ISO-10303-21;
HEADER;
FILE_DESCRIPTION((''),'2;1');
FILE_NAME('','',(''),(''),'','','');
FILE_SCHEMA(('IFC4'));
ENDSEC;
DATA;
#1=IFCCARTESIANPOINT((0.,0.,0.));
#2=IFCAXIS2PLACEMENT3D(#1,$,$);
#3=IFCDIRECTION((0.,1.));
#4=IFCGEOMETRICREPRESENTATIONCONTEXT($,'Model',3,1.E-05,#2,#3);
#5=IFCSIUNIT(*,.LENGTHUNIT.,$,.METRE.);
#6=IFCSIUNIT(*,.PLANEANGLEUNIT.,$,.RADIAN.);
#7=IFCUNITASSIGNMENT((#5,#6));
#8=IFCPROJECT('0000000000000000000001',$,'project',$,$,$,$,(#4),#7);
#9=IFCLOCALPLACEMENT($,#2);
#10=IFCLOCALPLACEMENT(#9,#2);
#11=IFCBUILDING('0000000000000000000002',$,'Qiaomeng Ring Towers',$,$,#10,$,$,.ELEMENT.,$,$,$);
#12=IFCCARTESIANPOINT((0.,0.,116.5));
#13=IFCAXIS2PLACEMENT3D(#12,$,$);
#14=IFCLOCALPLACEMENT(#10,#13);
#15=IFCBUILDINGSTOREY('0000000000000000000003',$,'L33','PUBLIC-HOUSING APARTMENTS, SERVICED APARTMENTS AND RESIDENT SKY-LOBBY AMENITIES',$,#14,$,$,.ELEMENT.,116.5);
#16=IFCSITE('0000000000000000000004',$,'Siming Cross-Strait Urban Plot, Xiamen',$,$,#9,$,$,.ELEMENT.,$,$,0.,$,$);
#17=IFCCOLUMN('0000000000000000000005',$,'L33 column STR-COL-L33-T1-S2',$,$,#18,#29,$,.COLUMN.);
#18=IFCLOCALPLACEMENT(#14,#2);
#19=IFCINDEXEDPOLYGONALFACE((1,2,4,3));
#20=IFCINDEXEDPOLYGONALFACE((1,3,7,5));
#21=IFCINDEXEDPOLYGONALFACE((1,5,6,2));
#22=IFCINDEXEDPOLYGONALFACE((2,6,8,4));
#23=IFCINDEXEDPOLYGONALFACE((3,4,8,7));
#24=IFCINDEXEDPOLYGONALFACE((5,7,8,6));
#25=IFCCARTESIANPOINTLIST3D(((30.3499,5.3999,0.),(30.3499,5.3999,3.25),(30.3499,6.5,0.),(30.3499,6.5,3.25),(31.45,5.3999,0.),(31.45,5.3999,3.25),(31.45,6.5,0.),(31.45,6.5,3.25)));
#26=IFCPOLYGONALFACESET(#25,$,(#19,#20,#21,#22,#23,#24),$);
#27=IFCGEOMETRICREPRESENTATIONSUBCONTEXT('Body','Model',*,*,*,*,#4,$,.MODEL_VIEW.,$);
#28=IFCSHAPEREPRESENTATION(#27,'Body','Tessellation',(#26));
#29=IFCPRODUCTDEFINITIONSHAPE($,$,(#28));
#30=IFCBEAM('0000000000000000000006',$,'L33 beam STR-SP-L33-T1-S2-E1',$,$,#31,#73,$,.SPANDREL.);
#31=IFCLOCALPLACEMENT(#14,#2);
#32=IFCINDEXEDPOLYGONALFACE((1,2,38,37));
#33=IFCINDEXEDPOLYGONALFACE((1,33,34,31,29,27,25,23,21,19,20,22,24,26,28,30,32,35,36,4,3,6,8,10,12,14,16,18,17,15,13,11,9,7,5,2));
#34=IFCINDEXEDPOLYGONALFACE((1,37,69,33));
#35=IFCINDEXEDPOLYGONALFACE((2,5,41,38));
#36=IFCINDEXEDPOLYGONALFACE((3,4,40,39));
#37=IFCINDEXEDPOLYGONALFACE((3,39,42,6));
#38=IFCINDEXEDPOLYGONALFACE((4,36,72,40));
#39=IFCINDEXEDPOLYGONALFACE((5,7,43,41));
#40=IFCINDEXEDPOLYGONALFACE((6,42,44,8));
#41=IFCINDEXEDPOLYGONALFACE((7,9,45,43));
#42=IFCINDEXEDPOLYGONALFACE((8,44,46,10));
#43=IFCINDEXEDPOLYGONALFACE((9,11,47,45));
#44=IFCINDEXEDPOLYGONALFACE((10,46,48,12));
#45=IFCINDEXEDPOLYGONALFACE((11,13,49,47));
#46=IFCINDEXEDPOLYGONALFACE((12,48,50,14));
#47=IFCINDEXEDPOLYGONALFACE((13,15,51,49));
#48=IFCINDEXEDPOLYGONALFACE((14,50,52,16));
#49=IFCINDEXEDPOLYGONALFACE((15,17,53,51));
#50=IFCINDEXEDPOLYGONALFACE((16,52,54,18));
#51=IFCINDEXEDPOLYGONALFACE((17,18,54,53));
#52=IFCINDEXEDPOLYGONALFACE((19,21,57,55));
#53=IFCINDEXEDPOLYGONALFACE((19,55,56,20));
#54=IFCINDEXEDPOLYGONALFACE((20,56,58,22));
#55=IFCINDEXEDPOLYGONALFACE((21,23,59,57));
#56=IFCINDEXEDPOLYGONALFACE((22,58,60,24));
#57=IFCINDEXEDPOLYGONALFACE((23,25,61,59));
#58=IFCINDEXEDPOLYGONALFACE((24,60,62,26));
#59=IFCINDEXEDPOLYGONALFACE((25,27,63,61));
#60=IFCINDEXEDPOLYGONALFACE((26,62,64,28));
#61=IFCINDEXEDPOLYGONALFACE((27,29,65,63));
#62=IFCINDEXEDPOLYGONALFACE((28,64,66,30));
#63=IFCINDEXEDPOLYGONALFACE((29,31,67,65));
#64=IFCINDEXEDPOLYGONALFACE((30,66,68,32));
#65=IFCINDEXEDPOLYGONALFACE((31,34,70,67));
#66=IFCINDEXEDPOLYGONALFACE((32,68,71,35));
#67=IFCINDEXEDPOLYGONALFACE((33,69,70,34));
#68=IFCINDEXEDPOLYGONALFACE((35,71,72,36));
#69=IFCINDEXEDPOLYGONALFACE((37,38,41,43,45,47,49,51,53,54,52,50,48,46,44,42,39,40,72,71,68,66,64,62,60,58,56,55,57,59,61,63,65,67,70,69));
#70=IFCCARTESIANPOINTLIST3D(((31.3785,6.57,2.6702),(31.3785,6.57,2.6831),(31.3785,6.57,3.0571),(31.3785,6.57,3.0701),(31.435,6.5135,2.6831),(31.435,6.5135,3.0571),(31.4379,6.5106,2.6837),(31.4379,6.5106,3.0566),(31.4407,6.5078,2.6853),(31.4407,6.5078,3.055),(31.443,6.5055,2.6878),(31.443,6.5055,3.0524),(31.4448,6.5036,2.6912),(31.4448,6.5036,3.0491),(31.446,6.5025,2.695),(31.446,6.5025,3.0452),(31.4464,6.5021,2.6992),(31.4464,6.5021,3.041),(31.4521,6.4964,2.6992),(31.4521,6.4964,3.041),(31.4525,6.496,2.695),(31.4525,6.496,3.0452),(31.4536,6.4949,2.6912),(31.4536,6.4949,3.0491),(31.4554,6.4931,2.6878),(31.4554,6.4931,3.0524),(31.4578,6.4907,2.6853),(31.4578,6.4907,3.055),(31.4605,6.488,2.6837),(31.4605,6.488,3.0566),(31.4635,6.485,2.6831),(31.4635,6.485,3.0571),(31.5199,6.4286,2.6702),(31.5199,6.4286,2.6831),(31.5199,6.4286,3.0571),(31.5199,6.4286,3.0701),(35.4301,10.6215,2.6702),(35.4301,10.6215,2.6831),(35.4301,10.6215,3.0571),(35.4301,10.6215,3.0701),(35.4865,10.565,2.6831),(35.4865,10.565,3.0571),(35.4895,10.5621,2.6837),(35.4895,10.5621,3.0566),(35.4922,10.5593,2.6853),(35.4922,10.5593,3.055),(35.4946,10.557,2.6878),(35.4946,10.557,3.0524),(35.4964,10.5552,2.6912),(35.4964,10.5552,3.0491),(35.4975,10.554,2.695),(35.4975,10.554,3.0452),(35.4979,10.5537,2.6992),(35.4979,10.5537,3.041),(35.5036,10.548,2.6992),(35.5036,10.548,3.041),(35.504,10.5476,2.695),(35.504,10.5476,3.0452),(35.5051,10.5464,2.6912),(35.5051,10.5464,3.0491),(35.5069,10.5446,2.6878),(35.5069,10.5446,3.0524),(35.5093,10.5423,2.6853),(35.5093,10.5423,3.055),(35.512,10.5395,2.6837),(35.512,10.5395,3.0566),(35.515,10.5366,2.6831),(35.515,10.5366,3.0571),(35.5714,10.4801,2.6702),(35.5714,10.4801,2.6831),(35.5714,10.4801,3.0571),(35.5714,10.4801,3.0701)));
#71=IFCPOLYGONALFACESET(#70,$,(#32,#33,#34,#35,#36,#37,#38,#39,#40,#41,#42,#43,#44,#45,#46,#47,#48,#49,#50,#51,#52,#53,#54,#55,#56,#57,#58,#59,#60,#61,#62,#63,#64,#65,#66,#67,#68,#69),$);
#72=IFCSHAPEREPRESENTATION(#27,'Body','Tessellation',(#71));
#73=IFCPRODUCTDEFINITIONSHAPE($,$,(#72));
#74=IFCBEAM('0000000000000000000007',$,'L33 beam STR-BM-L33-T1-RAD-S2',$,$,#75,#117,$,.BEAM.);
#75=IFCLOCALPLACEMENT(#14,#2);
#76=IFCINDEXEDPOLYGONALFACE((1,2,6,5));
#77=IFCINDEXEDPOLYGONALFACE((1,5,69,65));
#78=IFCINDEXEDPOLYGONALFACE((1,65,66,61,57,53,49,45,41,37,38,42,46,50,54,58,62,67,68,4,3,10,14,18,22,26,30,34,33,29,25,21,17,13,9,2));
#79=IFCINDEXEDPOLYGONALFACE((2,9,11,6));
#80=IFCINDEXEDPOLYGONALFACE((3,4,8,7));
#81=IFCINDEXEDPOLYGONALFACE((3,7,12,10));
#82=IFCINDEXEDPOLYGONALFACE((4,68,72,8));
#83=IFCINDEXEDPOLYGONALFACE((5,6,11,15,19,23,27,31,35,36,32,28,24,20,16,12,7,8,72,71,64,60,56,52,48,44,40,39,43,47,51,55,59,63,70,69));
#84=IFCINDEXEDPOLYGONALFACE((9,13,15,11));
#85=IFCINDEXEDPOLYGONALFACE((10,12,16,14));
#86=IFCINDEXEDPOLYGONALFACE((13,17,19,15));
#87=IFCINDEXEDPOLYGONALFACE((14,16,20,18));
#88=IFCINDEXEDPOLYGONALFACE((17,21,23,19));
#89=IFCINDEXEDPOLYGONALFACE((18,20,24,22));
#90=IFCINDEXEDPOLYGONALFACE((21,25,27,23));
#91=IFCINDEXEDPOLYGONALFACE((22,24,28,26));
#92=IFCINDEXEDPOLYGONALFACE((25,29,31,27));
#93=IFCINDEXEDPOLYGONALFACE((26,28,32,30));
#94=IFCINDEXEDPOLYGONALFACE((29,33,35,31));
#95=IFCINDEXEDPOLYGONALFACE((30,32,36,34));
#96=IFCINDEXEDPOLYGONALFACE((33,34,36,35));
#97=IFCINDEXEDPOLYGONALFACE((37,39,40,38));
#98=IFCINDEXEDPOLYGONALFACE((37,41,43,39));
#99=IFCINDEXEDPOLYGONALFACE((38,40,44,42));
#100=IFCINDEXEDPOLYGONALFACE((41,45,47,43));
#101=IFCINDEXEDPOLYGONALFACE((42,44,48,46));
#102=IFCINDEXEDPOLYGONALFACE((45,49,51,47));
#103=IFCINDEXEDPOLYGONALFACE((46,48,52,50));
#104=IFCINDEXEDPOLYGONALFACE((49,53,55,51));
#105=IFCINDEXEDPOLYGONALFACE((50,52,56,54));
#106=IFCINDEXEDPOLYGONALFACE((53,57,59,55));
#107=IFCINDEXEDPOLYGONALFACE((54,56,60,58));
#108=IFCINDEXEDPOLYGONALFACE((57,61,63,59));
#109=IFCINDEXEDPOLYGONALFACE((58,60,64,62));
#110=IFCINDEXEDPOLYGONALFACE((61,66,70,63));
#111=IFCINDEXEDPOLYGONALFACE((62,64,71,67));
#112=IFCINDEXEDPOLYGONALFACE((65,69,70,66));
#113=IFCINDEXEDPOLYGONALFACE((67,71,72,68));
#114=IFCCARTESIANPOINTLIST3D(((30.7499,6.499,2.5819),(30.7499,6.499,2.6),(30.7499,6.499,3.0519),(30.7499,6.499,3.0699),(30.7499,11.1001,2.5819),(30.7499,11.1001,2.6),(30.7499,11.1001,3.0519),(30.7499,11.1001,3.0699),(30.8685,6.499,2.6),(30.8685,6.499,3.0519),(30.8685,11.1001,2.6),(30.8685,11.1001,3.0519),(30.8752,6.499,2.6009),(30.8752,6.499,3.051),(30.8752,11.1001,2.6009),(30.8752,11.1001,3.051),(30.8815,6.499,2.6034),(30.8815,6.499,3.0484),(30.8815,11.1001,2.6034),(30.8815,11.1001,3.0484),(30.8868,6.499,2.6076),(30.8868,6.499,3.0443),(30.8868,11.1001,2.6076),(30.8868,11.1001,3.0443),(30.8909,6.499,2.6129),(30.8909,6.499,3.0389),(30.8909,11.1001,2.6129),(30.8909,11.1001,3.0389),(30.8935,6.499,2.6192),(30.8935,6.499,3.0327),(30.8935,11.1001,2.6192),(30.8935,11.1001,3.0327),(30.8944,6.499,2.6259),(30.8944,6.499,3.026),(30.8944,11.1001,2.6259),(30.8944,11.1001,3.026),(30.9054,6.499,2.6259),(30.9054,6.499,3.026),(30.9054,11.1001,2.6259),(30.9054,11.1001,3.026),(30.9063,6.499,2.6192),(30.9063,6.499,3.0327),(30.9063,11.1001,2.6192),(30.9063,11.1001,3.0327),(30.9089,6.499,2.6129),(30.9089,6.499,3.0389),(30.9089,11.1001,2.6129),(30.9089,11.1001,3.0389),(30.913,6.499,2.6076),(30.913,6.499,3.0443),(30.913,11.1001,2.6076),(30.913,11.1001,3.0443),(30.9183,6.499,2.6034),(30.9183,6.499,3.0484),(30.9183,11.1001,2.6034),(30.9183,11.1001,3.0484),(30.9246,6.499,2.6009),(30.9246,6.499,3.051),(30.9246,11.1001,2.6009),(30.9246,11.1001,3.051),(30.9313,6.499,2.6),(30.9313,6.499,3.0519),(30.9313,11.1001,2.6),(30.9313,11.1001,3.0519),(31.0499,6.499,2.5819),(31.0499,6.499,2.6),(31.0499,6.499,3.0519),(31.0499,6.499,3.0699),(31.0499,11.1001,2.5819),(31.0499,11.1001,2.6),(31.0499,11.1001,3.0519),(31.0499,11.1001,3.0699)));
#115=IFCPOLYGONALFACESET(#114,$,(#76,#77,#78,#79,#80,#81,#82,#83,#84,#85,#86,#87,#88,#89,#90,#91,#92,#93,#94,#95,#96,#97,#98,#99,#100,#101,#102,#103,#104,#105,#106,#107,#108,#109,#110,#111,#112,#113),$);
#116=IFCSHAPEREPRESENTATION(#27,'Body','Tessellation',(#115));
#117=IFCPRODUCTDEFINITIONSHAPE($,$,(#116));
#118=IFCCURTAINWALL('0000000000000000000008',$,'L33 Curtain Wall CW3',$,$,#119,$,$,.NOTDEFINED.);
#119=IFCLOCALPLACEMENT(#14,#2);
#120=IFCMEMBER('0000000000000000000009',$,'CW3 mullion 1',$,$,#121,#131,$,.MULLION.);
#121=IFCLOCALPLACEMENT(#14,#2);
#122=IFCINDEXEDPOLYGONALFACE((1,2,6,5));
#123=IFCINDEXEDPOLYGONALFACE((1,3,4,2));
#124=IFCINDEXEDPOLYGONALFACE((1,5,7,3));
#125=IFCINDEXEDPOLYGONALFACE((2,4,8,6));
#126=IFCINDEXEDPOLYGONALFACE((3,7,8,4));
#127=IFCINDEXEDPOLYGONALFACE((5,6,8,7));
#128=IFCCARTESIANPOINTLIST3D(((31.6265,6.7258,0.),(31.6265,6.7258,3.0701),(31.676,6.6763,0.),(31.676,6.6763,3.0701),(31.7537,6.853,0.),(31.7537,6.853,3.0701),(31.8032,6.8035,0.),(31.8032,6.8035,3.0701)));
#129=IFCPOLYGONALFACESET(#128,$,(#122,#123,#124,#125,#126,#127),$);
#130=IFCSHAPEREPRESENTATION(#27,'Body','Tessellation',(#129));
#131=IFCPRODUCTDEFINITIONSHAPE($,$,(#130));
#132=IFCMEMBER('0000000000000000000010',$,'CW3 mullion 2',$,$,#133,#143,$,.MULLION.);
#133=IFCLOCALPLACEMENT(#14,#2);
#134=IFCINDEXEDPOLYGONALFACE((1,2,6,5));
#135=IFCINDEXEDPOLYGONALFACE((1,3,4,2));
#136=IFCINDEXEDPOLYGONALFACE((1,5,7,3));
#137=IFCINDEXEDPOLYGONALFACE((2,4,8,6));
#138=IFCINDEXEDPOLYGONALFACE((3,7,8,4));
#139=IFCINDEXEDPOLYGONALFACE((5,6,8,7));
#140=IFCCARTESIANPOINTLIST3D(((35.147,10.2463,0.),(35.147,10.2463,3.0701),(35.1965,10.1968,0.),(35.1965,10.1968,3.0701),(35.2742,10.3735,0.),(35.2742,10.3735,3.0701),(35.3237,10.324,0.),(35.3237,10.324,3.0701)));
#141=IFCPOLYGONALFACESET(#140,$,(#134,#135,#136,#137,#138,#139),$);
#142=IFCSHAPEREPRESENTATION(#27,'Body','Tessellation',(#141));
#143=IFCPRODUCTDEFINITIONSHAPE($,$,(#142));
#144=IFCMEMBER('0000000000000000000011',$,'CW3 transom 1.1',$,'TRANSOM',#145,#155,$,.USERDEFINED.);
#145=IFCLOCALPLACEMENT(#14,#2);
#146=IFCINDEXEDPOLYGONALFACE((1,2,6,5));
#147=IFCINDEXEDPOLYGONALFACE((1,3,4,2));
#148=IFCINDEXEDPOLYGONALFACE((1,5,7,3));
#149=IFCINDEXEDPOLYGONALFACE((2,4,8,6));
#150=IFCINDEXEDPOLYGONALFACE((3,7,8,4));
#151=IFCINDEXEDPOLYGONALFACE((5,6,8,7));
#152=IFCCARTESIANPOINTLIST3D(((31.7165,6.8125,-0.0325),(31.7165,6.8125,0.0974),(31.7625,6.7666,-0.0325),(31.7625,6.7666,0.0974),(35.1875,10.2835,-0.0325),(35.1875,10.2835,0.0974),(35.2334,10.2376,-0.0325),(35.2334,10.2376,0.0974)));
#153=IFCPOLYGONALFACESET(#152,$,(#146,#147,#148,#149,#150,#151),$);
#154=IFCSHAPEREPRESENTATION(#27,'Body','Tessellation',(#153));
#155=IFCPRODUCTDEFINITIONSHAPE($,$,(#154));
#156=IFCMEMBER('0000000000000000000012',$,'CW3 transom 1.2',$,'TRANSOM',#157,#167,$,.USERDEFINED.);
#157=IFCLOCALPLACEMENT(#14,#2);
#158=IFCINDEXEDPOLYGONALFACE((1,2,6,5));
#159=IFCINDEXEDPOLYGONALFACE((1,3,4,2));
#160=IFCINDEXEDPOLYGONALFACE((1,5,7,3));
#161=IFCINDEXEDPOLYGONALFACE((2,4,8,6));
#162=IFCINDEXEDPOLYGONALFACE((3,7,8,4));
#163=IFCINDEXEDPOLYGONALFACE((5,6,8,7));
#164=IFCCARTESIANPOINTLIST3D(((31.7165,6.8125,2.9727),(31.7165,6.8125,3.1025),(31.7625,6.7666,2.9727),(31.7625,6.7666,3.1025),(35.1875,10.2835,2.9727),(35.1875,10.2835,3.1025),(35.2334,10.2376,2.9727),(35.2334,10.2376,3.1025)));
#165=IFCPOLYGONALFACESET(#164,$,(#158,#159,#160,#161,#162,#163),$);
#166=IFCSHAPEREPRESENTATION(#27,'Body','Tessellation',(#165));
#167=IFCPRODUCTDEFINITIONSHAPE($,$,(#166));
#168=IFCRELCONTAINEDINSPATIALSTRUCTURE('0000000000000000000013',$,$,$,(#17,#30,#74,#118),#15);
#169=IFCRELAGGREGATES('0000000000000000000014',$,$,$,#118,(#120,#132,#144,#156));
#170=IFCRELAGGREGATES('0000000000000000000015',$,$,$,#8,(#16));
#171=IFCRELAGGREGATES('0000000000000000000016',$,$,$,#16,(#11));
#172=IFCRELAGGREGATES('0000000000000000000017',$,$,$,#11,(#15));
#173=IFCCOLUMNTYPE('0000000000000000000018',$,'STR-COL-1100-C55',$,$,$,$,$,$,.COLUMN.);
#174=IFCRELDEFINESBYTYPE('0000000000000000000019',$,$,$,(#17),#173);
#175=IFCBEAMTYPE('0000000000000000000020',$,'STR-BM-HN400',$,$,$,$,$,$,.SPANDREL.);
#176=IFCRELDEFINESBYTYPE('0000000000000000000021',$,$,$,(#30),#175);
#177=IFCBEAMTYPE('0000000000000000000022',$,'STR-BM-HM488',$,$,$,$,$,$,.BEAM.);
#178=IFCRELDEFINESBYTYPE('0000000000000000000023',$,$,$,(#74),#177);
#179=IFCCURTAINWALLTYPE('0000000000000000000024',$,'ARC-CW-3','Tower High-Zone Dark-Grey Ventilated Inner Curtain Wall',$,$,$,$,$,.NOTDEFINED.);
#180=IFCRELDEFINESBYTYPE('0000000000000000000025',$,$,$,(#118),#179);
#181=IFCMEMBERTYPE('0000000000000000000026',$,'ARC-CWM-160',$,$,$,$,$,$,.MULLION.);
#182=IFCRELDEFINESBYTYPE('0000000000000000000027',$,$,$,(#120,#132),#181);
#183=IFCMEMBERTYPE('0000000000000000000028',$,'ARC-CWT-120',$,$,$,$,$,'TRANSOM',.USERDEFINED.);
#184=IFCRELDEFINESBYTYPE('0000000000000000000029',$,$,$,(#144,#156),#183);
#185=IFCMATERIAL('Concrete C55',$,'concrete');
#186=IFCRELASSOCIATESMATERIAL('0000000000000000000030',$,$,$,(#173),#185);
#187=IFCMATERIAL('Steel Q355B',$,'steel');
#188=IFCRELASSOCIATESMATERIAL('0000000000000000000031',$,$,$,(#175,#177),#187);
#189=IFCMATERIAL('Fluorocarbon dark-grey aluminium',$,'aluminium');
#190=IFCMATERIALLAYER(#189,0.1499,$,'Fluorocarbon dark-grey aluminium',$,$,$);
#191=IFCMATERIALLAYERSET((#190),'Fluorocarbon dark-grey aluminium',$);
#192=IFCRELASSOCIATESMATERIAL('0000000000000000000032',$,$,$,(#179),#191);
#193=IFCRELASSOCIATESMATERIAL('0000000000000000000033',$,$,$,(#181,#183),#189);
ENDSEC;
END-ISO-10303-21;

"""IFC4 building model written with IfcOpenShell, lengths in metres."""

from ifc_helpers import new_model, si_unit, direction, frame, origin, origin_2d, place, context, subcontext, project, spatial, rectangle, i_section, extrude, source, transform, mapped, material, layer, layer_set, material_profile, profile_set, type_object, element, aggregate, save


model = new_model("IFC4")

# Units and contexts
model_context = context("Model", 3, precision=1e-05, world=origin(), true_north=direction((0.0, 1.0)))
body_context = subcontext(model_context, "Body", "Model", "MODEL_VIEW")
ifc_project = project(units=[si_unit("LENGTHUNIT", "METRE"), si_unit("PLANEANGLEUNIT", "RADIAN")], contexts=[model_context])

# Site, building, storey
site_placement = place(None, origin())
site = spatial("IfcSite", under=ifc_project, at=site_placement, Name="Siming Cross-Strait Urban Plot, Xiamen", CompositionType="ELEMENT", RefElevation=0.0)
building_placement = place(site_placement, origin())
building = spatial("IfcBuilding", under=site, at=building_placement, Name="Qiaomeng Ring Towers", CompositionType="ELEMENT")
storey_placement = place(building_placement, frame((0.0, 0.0, 116.5)))
storey = spatial("IfcBuildingStorey", under=building, at=storey_placement, Name="L33", Description="PUBLIC-HOUSING APARTMENTS, SERVICED APARTMENTS AND RESIDENT SKY-LOBBY AMENITIES", CompositionType="ELEMENT", Elevation=116.5)

# Column
ifc_material_1 = material(Name="Concrete C55", Category="concrete")
ifc_material_profile_1 = material_profile(ifc_material_1, rectangle(XDim=1.1001, YDim=1.1001, at=origin_2d()), Name="RC COL 1100x1100")
ifc_profile_set_1 = profile_set([ifc_material_profile_1], Name="Concrete C55")
column_type = type_object("IfcColumnType", Name="STR-COL-1100-C55", PredefinedType="COLUMN", material=ifc_profile_set_1)
shared_shape_1 = source(origin(), body_context, "Body", "SweptSolid", [
    extrude(rectangle(XDim=1.1001, YDim=1.1001, at=origin_2d()), origin(), (0.0, 0.0, 1.0), 3.25),
])
column_placement = place(storey_placement, frame((30.8999, 5.95, 0.0), z_axis=(0.0, 0.0, 1.0), x_axis=(1.0, 0.0, 0.0)))
element("IfcColumn", 1, at=column_placement, inside=storey, type_object=column_type, Name="L33 column STR-COL-L33-T1-S2", PredefinedType="COLUMN", context=body_context, shape_type="MappedRepresentation", body=[
    mapped(shared_shape_1, transform((0.0, 0.0, 0.0), x_axis=(1.0, 0.0, 0.0), y_axis=(0.0, 1.0, 0.0), z_axis=(0.0, 0.0, 1.0), scale=1.0)),
])

# Beams
ifc_material_2 = material(Name="Steel Q355B", Category="steel")
ifc_material_profile_2 = material_profile(ifc_material_2, i_section(OverallWidth=0.2, OverallDepth=0.3999, WebThickness=0.0081, FlangeThickness=0.0129, FilletRadius=0.0161, at=origin_2d()), Name="HN 400x200x8x13")
ifc_profile_set_2 = profile_set([ifc_material_profile_2], Name="Steel Q355B")
beam_type_1 = type_object("IfcBeamType", Name="STR-BM-HN400", PredefinedType="SPANDREL", material=ifc_profile_set_2)
shared_shape_2 = source(origin(), body_context, "Body", "SweptSolid", [
    extrude(i_section(OverallWidth=0.2, OverallDepth=0.3999, WebThickness=0.0081, FlangeThickness=0.0129, FilletRadius=0.0161, at=origin_2d()), origin(), (0.0, 0.0, 1.0), 5.7297),
])
beam_1_placement = place(storey_placement, frame((31.4492, 6.4993, 2.8701), z_axis=(0.707107, 0.707107, 0.0), x_axis=(-0.707107, 0.707107, 0.0)))
element("IfcBeam", 2, at=beam_1_placement, inside=storey, type_object=beam_type_1, Name="L33 beam STR-SP-L33-T1-S2-E1", PredefinedType="SPANDREL", context=body_context, shape_type="MappedRepresentation", body=[
    mapped(shared_shape_2, transform((0.0, 0.0, 0.0), x_axis=(1.0, 0.0, 0.0), y_axis=(0.0, 1.0, 0.0), z_axis=(0.0, 0.0, 1.0), scale=1.0)),
])
ifc_material_profile_3 = material_profile(ifc_material_2, i_section(OverallWidth=0.3, OverallDepth=0.488, WebThickness=0.011, FlangeThickness=0.0181, FilletRadius=0.0259, at=origin_2d()), Name="HM 488x300x11x18")
ifc_profile_set_3 = profile_set([ifc_material_profile_3], Name="Steel Q355B")
beam_type_2 = type_object("IfcBeamType", Name="STR-BM-HM488", PredefinedType="BEAM", material=ifc_profile_set_3)
shared_shape_3 = source(origin(), body_context, "Body", "SweptSolid", [
    extrude(i_section(OverallWidth=0.3, OverallDepth=0.488, WebThickness=0.011, FlangeThickness=0.0181, FilletRadius=0.0259, at=origin_2d()), origin(), (0.0, 0.0, 1.0), 4.6011),
])
beam_2_placement = place(storey_placement, frame((30.8999, 6.499, 2.8259), z_axis=(0.0, 1.0, 0.0), x_axis=(-1.0, 0.0, 0.0)))
element("IfcBeam", 3, at=beam_2_placement, inside=storey, type_object=beam_type_2, Name="L33 beam STR-BM-L33-T1-RAD-S2", PredefinedType="BEAM", context=body_context, shape_type="MappedRepresentation", body=[
    mapped(shared_shape_3, transform((0.0, 0.0, 0.0), x_axis=(1.0, 0.0, 0.0), y_axis=(0.0, 1.0, 0.0), z_axis=(0.0, 0.0, 1.0), scale=1.0)),
])

# Curtain wall, members
ifc_material_3 = material(Name="Fluorocarbon dark-grey aluminium", Category="aluminium")
ifc_layer_1 = layer(ifc_material_3, 0.1499, Name="Fluorocarbon dark-grey aluminium")
ifc_layer_set_1 = layer_set([ifc_layer_1], Name="Fluorocarbon dark-grey aluminium")
curtain_wall_type = type_object("IfcCurtainWallType", Name="ARC-CW-3", Description="Tower High-Zone Dark-Grey Ventilated Inner Curtain Wall", PredefinedType="NOTDEFINED", material=ifc_layer_set_1)
curtain_wall_placement = place(storey_placement, origin())
curtain_wall = element("IfcCurtainWall", 4, at=curtain_wall_placement, inside=storey, type_object=curtain_wall_type, Name="L33 Curtain Wall CW3", PredefinedType="NOTDEFINED")
ifc_material_profile_4 = material_profile(ifc_material_3, rectangle(XDim=0.0701, YDim=0.1799, at=origin_2d()), Name="ALU MULL 70x180")
ifc_profile_set_4 = profile_set([ifc_material_profile_4], Name="Fluorocarbon dark-grey aluminium")
member_type_1 = type_object("IfcMemberType", Name="ARC-CWM-160", PredefinedType="MULLION", material=ifc_profile_set_4)
shared_shape_4 = source(origin(), body_context, "Body", "SweptSolid", [
    extrude(rectangle(XDim=0.0701, YDim=0.1799, at=origin_2d()), origin(), (0.0, 0.0, 1.0), 3.0701),
])
member_1_placement = place(storey_placement, frame((31.7148, 6.7646, 0.0), z_axis=(0.0, 0.0, 1.0), x_axis=(-0.707107, 0.707107, 0.0)))
member_1 = element("IfcMember", 5, at=member_1_placement, type_object=member_type_1, Name="CW3 mullion 1", PredefinedType="MULLION", context=body_context, shape_type="MappedRepresentation", body=[
    mapped(shared_shape_4, transform((0.0, 0.0, 0.0), x_axis=(1.0, 0.0, 0.0), y_axis=(0.0, 1.0, 0.0), z_axis=(0.0, 0.0, 1.0), scale=1.0)),
])
member_2_placement = place(storey_placement, frame((35.2354, 10.2852, 0.0), z_axis=(0.0, 0.0, 1.0), x_axis=(-0.707107, 0.707107, 0.0)))
member_2 = element("IfcMember", 6, at=member_2_placement, type_object=member_type_1, Name="CW3 mullion 2", PredefinedType="MULLION", context=body_context, shape_type="MappedRepresentation", body=[
    mapped(shared_shape_4, transform((0.0, 0.0, 0.0), x_axis=(1.0, 0.0, 0.0), y_axis=(0.0, 1.0, 0.0), z_axis=(0.0, 0.0, 1.0), scale=1.0)),
])
ifc_material_profile_5 = material_profile(ifc_material_3, rectangle(XDim=0.0649, YDim=0.1299, at=origin_2d()), Name="ALU TRAN 65x130")
ifc_profile_set_5 = profile_set([ifc_material_profile_5], Name="Fluorocarbon dark-grey aluminium")
member_type_2 = type_object("IfcMemberType", Name="ARC-CWT-120", ElementType="TRANSOM", PredefinedType="USERDEFINED", material=ifc_profile_set_5)
shared_shape_5 = source(origin(), body_context, "Body", "SweptSolid", [
    extrude(rectangle(XDim=0.0649, YDim=0.1299, at=origin_2d()), origin(), (0.0, 0.0, 1.0), 4.9087),
])
member_3_placement = place(storey_placement, frame((31.7395, 6.7896, 0.0325), z_axis=(0.707107, 0.707107, 0.0), x_axis=(-0.707107, 0.707107, 0.0)))
member_3 = element("IfcMember", 7, at=member_3_placement, type_object=member_type_2, Name="CW3 transom 1.1", ObjectType="TRANSOM", PredefinedType="USERDEFINED", context=body_context, shape_type="MappedRepresentation", body=[
    mapped(shared_shape_5, transform((0.0, 0.0, 0.0), x_axis=(1.0, 0.0, 0.0), y_axis=(0.0, 1.0, 0.0), z_axis=(0.0, 0.0, 1.0), scale=1.0)),
])
member_4_placement = place(storey_placement, frame((31.7395, 6.7896, 3.0376), z_axis=(0.707107, 0.707107, 0.0), x_axis=(-0.707107, 0.707107, 0.0)))
member_4 = element("IfcMember", 8, at=member_4_placement, type_object=member_type_2, Name="CW3 transom 1.2", ObjectType="TRANSOM", PredefinedType="USERDEFINED", context=body_context, shape_type="MappedRepresentation", body=[
    mapped(shared_shape_5, transform((0.0, 0.0, 0.0), x_axis=(1.0, 0.0, 0.0), y_axis=(0.0, 1.0, 0.0), z_axis=(0.0, 0.0, 1.0), scale=1.0)),
])
aggregate(curtain_wall, [member_1, member_2, member_3, member_4])

save(model, "model.ifc")
